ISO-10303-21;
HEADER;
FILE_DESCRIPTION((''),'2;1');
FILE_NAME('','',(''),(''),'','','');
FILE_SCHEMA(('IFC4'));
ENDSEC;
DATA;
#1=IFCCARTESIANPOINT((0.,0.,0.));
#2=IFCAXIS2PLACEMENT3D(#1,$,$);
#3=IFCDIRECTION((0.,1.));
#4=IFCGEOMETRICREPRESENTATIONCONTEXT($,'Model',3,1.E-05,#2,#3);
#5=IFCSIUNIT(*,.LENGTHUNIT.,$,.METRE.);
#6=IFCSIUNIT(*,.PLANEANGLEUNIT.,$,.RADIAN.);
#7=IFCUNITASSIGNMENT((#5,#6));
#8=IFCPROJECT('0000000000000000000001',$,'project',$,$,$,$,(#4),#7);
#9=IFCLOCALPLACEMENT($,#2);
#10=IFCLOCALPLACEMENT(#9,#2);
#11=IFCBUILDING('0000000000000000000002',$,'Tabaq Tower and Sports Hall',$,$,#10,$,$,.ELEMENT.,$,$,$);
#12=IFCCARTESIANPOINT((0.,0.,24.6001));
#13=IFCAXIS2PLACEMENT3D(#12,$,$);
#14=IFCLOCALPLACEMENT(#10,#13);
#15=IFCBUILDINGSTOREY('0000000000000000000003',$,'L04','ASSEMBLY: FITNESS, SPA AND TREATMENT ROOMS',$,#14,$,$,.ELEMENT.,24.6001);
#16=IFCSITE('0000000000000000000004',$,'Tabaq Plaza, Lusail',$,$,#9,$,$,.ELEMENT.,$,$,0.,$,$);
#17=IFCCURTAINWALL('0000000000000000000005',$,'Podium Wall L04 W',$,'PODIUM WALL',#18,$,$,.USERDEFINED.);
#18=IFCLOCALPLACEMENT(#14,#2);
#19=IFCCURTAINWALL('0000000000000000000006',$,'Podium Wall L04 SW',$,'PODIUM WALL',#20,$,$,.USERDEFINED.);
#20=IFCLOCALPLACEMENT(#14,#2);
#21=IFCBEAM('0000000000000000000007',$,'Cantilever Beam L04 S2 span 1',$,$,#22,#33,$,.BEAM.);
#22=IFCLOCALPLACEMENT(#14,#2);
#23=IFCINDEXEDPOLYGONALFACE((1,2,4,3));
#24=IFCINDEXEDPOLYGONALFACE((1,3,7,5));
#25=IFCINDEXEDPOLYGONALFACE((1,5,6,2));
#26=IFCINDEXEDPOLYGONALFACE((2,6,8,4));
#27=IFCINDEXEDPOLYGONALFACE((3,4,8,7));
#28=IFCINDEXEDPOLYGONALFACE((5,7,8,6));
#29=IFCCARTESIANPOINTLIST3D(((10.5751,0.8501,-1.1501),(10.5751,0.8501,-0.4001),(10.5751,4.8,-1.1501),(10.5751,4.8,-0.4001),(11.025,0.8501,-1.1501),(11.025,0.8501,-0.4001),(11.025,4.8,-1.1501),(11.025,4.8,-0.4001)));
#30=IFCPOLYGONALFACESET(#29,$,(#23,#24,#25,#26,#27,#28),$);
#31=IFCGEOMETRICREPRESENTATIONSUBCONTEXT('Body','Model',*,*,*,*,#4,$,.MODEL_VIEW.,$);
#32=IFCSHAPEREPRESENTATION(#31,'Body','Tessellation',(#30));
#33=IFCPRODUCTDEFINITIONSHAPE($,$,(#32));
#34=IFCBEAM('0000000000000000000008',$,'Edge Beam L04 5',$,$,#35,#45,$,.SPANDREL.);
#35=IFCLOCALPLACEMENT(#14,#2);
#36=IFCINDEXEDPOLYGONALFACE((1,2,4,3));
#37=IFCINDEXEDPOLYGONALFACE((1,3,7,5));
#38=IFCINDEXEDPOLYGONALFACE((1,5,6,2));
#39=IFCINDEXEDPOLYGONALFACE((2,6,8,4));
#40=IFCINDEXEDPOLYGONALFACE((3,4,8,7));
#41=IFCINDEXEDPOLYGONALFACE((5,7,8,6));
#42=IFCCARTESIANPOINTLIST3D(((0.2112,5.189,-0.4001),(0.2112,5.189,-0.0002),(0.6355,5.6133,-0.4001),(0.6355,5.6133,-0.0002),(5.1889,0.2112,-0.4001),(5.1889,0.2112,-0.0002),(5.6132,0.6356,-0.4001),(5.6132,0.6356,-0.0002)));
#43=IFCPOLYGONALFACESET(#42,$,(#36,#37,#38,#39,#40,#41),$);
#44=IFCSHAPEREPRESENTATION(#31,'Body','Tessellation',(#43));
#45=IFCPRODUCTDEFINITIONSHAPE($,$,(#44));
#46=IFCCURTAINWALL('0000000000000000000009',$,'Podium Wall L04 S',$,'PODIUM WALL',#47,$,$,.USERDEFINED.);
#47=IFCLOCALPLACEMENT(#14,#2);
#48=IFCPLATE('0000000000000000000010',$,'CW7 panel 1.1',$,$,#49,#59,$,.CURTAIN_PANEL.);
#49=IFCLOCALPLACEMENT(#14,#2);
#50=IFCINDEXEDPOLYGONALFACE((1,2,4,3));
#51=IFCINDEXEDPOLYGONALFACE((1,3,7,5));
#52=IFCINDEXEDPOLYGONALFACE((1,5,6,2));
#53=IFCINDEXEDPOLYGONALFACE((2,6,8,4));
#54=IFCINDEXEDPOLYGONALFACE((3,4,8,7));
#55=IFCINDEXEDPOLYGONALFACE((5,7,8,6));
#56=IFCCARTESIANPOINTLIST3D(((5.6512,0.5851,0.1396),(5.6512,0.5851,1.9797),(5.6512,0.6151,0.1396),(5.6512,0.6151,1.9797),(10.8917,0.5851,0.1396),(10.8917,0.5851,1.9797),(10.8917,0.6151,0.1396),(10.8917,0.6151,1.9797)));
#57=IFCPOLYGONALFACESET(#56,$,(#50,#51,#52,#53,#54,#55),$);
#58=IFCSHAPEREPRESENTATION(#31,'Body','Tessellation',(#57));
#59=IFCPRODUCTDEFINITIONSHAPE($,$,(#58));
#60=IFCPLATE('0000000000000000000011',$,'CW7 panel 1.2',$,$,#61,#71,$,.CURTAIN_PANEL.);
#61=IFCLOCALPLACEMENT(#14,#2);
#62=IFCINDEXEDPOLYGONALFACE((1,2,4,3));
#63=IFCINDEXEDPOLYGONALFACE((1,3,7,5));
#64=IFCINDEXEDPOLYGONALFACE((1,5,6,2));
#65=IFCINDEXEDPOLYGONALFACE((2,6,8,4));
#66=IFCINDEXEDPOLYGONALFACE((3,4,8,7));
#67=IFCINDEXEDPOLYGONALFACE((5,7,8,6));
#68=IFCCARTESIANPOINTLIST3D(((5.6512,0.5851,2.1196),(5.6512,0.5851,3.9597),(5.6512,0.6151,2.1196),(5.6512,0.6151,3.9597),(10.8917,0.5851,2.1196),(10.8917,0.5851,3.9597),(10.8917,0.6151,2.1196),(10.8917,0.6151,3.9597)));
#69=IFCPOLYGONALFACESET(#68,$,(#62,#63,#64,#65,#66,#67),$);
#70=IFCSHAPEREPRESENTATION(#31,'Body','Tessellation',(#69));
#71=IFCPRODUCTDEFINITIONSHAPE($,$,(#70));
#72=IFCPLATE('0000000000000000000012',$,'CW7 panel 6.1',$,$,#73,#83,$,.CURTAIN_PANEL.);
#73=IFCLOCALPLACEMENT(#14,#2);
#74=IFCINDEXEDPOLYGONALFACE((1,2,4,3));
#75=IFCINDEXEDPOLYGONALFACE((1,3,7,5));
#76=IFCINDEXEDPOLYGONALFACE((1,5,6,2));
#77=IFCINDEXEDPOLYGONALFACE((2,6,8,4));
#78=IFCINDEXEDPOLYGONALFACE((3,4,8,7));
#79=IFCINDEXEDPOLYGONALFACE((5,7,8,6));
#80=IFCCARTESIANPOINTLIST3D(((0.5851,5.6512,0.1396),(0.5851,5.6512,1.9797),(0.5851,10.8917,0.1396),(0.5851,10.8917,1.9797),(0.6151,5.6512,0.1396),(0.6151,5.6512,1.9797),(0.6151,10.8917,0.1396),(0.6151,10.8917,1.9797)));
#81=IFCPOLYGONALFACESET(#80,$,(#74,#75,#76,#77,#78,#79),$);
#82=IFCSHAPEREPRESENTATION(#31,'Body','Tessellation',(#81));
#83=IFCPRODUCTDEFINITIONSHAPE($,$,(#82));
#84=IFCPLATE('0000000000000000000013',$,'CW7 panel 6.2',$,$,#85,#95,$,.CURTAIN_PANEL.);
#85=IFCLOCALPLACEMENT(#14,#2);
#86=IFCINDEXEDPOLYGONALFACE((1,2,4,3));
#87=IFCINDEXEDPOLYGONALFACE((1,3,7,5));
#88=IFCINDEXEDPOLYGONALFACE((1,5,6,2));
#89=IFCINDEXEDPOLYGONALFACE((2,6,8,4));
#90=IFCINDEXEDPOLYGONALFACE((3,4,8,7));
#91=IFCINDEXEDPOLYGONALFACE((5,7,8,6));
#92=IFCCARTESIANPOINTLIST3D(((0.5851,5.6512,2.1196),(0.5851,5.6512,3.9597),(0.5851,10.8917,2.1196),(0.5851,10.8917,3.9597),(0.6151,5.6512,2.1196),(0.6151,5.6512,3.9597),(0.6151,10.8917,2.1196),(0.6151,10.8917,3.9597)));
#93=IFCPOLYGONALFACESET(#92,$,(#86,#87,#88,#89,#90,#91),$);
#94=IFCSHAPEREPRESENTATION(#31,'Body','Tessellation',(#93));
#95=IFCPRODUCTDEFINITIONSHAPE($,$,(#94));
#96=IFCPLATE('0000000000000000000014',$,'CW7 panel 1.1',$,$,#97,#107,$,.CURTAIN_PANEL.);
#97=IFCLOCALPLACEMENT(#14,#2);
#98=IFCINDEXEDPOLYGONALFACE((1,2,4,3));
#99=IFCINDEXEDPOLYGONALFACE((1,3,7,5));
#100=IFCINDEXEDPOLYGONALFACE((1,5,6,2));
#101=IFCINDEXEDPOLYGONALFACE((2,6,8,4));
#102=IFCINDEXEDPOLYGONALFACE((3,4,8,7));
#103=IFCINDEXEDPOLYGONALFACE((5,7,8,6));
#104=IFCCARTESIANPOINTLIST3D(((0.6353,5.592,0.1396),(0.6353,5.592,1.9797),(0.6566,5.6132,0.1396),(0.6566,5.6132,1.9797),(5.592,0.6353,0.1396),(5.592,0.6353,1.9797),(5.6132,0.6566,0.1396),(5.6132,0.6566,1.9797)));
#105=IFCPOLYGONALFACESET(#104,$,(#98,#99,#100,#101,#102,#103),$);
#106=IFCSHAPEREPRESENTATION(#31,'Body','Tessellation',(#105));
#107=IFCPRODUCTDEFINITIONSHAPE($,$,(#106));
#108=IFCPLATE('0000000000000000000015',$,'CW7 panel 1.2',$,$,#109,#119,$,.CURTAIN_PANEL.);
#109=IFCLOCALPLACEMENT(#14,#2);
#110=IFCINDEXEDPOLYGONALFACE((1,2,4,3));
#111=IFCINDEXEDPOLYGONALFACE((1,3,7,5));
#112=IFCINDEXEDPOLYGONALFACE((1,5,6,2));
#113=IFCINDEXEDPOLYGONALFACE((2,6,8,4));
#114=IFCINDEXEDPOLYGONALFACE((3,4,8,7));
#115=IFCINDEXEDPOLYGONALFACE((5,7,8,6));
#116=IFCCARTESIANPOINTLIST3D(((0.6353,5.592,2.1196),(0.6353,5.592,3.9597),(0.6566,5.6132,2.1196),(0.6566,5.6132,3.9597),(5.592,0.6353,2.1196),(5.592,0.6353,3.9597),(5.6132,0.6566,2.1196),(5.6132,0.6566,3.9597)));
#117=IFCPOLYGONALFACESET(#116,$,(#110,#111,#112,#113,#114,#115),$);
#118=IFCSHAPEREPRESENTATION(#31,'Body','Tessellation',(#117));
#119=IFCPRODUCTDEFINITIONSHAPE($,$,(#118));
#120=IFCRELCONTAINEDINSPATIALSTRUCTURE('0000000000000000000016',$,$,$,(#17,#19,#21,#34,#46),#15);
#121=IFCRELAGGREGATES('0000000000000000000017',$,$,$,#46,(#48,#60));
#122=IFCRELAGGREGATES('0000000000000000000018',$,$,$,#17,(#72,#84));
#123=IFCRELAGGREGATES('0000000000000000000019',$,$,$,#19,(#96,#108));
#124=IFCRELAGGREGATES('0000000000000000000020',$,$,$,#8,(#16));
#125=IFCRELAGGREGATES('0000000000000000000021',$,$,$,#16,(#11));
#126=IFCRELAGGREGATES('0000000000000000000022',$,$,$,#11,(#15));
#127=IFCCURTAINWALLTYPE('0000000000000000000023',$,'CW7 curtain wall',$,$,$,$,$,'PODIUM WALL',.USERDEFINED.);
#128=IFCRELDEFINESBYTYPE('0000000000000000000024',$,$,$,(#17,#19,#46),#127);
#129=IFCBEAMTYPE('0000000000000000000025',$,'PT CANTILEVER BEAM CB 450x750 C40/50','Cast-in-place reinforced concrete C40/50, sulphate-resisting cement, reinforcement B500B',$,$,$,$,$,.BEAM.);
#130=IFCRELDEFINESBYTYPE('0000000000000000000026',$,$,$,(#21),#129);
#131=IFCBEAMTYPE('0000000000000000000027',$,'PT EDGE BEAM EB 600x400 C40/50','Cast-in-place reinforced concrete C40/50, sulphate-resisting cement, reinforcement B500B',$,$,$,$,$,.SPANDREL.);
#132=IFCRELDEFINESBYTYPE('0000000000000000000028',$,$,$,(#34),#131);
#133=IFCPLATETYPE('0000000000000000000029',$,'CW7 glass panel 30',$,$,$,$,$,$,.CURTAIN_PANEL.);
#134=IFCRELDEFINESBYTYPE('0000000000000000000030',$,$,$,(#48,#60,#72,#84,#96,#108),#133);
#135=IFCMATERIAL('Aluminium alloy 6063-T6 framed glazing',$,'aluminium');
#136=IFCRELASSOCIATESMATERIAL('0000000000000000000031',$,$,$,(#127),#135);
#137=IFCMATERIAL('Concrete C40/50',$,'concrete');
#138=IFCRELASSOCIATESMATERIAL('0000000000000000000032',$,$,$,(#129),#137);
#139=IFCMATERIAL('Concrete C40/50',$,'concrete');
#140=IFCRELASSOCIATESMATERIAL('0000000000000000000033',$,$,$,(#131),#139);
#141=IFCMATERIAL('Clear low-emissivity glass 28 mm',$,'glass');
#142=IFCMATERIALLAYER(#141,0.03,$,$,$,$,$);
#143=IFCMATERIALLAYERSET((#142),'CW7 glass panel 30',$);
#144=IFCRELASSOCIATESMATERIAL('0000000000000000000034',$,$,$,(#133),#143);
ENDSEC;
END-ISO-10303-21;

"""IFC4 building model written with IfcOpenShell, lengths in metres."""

from ifc_helpers import new_model, si_unit, direction, frame, origin, origin_2d, place, context, subcontext, project, spatial, rectangle, extrude, material, layer, layer_set, material_profile, profile_set, type_object, element, aggregate, save


model = new_model("IFC4")

# Units and contexts
model_context = context("Model", 3, precision=1e-05, world=origin(), true_north=direction((0.0, 1.0)))
body_context = subcontext(model_context, "Body", "Model", "MODEL_VIEW")
ifc_project = project(units=[si_unit("LENGTHUNIT", "METRE"), si_unit("PLANEANGLEUNIT", "RADIAN")], contexts=[model_context])

# Site, building, storey
site_placement = place(None, origin())
site = spatial("IfcSite", under=ifc_project, at=site_placement, Name="Tabaq Plaza, Lusail", CompositionType="ELEMENT", RefElevation=0.0)
building_placement = place(site_placement, origin())
building = spatial("IfcBuilding", under=site, at=building_placement, Name="Tabaq Tower and Sports Hall", CompositionType="ELEMENT")
storey_placement = place(building_placement, frame((0.0, 0.0, 24.6001)))
storey = spatial("IfcBuildingStorey", under=building, at=storey_placement, Name="L04", Description="ASSEMBLY: FITNESS, SPA AND TREATMENT ROOMS", CompositionType="ELEMENT", Elevation=24.6001)

# Curtain walls
ifc_material_1 = material(Name="Aluminium alloy 6063-T6 framed glazing", Category="aluminium")
curtain_wall_type = type_object("IfcCurtainWallType", Name="CW7 curtain wall", ElementType="PODIUM WALL", PredefinedType="USERDEFINED", material=ifc_material_1)
curtain_wall_1_placement = place(storey_placement, origin())
curtain_wall_1 = element("IfcCurtainWall", 1, at=curtain_wall_1_placement, inside=storey, type_object=curtain_wall_type, Name="Podium Wall L04 W", ObjectType="PODIUM WALL", PredefinedType="USERDEFINED")
curtain_wall_2_placement = place(storey_placement, origin())
curtain_wall_2 = element("IfcCurtainWall", 2, at=curtain_wall_2_placement, inside=storey, type_object=curtain_wall_type, Name="Podium Wall L04 SW", ObjectType="PODIUM WALL", PredefinedType="USERDEFINED")

# Beams
ifc_material_2 = material(Name="Concrete C40/50", Category="concrete")
ifc_material_profile_1 = material_profile(ifc_material_2, rectangle(XDim=0.45, YDim=0.75, at=origin_2d()), Name="CB 450x750")
ifc_profile_set_1 = profile_set([ifc_material_profile_1], Name="Concrete C40/50")
beam_type_1 = type_object("IfcBeamType", Name="PT CANTILEVER BEAM CB 450x750 C40/50", Description="Cast-in-place reinforced concrete C40/50, sulphate-resisting cement, reinforcement B500B", PredefinedType="BEAM", material=ifc_profile_set_1)
beam_1_placement = place(storey_placement, frame((10.8, 0.8501, -0.7751), z_axis=(0.0, 1.0, 0.0), x_axis=(-1.0, 0.0, 0.0)))
element("IfcBeam", 3, at=beam_1_placement, inside=storey, type_object=beam_type_1, Name="Cantilever Beam L04 S2 span 1", PredefinedType="BEAM", context=body_context, shape_type="SweptSolid", body=[
    extrude(rectangle(XDim=0.45, YDim=0.75, at=origin_2d()), origin(), (0.0, 0.0, 1.0), 3.95),
])
ifc_material_3 = material(Name="Concrete C40/50", Category="concrete")
ifc_material_profile_2 = material_profile(ifc_material_3, rectangle(XDim=0.6001, YDim=0.3999, at=origin_2d()), Name="EB 600x400")
ifc_profile_set_2 = profile_set([ifc_material_profile_2], Name="Concrete C40/50")
beam_type_2 = type_object("IfcBeamType", Name="PT EDGE BEAM EB 600x400 C40/50", Description="Cast-in-place reinforced concrete C40/50, sulphate-resisting cement, reinforcement B500B", PredefinedType="SPANDREL", material=ifc_profile_set_2)
beam_2_placement = place(storey_placement, frame((0.4233, 5.4011, -0.2002), z_axis=(0.707107, -0.707107, 0.0), x_axis=(0.707107, 0.707107, 0.0)))
element("IfcBeam", 4, at=beam_2_placement, inside=storey, type_object=beam_type_2, Name="Edge Beam L04 5", PredefinedType="SPANDREL", context=body_context, shape_type="SweptSolid", body=[
    extrude(rectangle(XDim=0.6001, YDim=0.3999, at=origin_2d()), origin(), (0.0, 0.0, 1.0), 7.0396),
])

# Curtain wall, plates
curtain_wall_3_placement = place(storey_placement, origin())
curtain_wall_3 = element("IfcCurtainWall", 5, at=curtain_wall_3_placement, inside=storey, type_object=curtain_wall_type, Name="Podium Wall L04 S", ObjectType="PODIUM WALL", PredefinedType="USERDEFINED")
ifc_material_4 = material(Name="Clear low-emissivity glass 28 mm", Category="glass")
ifc_layer_1 = layer(ifc_material_4, 0.03)
ifc_layer_set_1 = layer_set([ifc_layer_1], Name="CW7 glass panel 30")
plate_type = type_object("IfcPlateType", Name="CW7 glass panel 30", PredefinedType="CURTAIN_PANEL", material=ifc_layer_set_1)
plate_1_placement = place(storey_placement, frame((8.2715, 0.6001, 0.1396), z_axis=(0.0, 0.0, 1.0), x_axis=(1.0, 0.0, 0.0)))
plate_1 = element("IfcPlate", 6, at=plate_1_placement, type_object=plate_type, Name="CW7 panel 1.1", PredefinedType="CURTAIN_PANEL", context=body_context, shape_type="SweptSolid", body=[
    extrude(rectangle(XDim=5.2405, YDim=0.03, at=origin_2d()), origin(), (0.0, 0.0, 1.0), 1.8401),
])
plate_2_placement = place(storey_placement, frame((8.2715, 0.6001, 2.1196), z_axis=(0.0, 0.0, 1.0), x_axis=(1.0, 0.0, 0.0)))
plate_2 = element("IfcPlate", 7, at=plate_2_placement, type_object=plate_type, Name="CW7 panel 1.2", PredefinedType="CURTAIN_PANEL", context=body_context, shape_type="SweptSolid", body=[
    extrude(rectangle(XDim=5.2405, YDim=0.03, at=origin_2d()), origin(), (0.0, 0.0, 1.0), 1.8401),
])
aggregate(curtain_wall_3, [plate_1, plate_2])

# Plates
plate_3_placement = place(storey_placement, frame((0.6001, 8.2715, 0.1396), z_axis=(0.0, 0.0, 1.0), x_axis=(0.0, -1.0, 0.0)))
plate_3 = element("IfcPlate", 8, at=plate_3_placement, type_object=plate_type, Name="CW7 panel 6.1", PredefinedType="CURTAIN_PANEL", context=body_context, shape_type="SweptSolid", body=[
    extrude(rectangle(XDim=5.2405, YDim=0.03, at=origin_2d()), origin(), (0.0, 0.0, 1.0), 1.8401),
])
plate_4_placement = place(storey_placement, frame((0.6001, 8.2715, 2.1196), z_axis=(0.0, 0.0, 1.0), x_axis=(0.0, -1.0, 0.0)))
plate_4 = element("IfcPlate", 9, at=plate_4_placement, type_object=plate_type, Name="CW7 panel 6.2", PredefinedType="CURTAIN_PANEL", context=body_context, shape_type="SweptSolid", body=[
    extrude(rectangle(XDim=5.2405, YDim=0.03, at=origin_2d()), origin(), (0.0, 0.0, 1.0), 1.8401),
])
aggregate(curtain_wall_1, [plate_3, plate_4])
plate_5_placement = place(storey_placement, frame((3.1243, 3.1243, 0.1396), z_axis=(0.0, 0.0, 1.0), x_axis=(0.707107, -0.707107, 0.0)))
plate_5 = element("IfcPlate", 10, at=plate_5_placement, type_object=plate_type, Name="CW7 panel 1.1", PredefinedType="CURTAIN_PANEL", context=body_context, shape_type="SweptSolid", body=[
    extrude(rectangle(XDim=7.0098, YDim=0.03, at=origin_2d()), origin(), (0.0, 0.0, 1.0), 1.8401),
])
plate_6_placement = place(storey_placement, frame((3.1243, 3.1243, 2.1196), z_axis=(0.0, 0.0, 1.0), x_axis=(0.707107, -0.707107, 0.0)))
plate_6 = element("IfcPlate", 11, at=plate_6_placement, type_object=plate_type, Name="CW7 panel 1.2", PredefinedType="CURTAIN_PANEL", context=body_context, shape_type="SweptSolid", body=[
    extrude(rectangle(XDim=7.0098, YDim=0.03, at=origin_2d()), origin(), (0.0, 0.0, 1.0), 1.8401),
])
aggregate(curtain_wall_2, [plate_5, plate_6])

save(model, "model.ifc")
